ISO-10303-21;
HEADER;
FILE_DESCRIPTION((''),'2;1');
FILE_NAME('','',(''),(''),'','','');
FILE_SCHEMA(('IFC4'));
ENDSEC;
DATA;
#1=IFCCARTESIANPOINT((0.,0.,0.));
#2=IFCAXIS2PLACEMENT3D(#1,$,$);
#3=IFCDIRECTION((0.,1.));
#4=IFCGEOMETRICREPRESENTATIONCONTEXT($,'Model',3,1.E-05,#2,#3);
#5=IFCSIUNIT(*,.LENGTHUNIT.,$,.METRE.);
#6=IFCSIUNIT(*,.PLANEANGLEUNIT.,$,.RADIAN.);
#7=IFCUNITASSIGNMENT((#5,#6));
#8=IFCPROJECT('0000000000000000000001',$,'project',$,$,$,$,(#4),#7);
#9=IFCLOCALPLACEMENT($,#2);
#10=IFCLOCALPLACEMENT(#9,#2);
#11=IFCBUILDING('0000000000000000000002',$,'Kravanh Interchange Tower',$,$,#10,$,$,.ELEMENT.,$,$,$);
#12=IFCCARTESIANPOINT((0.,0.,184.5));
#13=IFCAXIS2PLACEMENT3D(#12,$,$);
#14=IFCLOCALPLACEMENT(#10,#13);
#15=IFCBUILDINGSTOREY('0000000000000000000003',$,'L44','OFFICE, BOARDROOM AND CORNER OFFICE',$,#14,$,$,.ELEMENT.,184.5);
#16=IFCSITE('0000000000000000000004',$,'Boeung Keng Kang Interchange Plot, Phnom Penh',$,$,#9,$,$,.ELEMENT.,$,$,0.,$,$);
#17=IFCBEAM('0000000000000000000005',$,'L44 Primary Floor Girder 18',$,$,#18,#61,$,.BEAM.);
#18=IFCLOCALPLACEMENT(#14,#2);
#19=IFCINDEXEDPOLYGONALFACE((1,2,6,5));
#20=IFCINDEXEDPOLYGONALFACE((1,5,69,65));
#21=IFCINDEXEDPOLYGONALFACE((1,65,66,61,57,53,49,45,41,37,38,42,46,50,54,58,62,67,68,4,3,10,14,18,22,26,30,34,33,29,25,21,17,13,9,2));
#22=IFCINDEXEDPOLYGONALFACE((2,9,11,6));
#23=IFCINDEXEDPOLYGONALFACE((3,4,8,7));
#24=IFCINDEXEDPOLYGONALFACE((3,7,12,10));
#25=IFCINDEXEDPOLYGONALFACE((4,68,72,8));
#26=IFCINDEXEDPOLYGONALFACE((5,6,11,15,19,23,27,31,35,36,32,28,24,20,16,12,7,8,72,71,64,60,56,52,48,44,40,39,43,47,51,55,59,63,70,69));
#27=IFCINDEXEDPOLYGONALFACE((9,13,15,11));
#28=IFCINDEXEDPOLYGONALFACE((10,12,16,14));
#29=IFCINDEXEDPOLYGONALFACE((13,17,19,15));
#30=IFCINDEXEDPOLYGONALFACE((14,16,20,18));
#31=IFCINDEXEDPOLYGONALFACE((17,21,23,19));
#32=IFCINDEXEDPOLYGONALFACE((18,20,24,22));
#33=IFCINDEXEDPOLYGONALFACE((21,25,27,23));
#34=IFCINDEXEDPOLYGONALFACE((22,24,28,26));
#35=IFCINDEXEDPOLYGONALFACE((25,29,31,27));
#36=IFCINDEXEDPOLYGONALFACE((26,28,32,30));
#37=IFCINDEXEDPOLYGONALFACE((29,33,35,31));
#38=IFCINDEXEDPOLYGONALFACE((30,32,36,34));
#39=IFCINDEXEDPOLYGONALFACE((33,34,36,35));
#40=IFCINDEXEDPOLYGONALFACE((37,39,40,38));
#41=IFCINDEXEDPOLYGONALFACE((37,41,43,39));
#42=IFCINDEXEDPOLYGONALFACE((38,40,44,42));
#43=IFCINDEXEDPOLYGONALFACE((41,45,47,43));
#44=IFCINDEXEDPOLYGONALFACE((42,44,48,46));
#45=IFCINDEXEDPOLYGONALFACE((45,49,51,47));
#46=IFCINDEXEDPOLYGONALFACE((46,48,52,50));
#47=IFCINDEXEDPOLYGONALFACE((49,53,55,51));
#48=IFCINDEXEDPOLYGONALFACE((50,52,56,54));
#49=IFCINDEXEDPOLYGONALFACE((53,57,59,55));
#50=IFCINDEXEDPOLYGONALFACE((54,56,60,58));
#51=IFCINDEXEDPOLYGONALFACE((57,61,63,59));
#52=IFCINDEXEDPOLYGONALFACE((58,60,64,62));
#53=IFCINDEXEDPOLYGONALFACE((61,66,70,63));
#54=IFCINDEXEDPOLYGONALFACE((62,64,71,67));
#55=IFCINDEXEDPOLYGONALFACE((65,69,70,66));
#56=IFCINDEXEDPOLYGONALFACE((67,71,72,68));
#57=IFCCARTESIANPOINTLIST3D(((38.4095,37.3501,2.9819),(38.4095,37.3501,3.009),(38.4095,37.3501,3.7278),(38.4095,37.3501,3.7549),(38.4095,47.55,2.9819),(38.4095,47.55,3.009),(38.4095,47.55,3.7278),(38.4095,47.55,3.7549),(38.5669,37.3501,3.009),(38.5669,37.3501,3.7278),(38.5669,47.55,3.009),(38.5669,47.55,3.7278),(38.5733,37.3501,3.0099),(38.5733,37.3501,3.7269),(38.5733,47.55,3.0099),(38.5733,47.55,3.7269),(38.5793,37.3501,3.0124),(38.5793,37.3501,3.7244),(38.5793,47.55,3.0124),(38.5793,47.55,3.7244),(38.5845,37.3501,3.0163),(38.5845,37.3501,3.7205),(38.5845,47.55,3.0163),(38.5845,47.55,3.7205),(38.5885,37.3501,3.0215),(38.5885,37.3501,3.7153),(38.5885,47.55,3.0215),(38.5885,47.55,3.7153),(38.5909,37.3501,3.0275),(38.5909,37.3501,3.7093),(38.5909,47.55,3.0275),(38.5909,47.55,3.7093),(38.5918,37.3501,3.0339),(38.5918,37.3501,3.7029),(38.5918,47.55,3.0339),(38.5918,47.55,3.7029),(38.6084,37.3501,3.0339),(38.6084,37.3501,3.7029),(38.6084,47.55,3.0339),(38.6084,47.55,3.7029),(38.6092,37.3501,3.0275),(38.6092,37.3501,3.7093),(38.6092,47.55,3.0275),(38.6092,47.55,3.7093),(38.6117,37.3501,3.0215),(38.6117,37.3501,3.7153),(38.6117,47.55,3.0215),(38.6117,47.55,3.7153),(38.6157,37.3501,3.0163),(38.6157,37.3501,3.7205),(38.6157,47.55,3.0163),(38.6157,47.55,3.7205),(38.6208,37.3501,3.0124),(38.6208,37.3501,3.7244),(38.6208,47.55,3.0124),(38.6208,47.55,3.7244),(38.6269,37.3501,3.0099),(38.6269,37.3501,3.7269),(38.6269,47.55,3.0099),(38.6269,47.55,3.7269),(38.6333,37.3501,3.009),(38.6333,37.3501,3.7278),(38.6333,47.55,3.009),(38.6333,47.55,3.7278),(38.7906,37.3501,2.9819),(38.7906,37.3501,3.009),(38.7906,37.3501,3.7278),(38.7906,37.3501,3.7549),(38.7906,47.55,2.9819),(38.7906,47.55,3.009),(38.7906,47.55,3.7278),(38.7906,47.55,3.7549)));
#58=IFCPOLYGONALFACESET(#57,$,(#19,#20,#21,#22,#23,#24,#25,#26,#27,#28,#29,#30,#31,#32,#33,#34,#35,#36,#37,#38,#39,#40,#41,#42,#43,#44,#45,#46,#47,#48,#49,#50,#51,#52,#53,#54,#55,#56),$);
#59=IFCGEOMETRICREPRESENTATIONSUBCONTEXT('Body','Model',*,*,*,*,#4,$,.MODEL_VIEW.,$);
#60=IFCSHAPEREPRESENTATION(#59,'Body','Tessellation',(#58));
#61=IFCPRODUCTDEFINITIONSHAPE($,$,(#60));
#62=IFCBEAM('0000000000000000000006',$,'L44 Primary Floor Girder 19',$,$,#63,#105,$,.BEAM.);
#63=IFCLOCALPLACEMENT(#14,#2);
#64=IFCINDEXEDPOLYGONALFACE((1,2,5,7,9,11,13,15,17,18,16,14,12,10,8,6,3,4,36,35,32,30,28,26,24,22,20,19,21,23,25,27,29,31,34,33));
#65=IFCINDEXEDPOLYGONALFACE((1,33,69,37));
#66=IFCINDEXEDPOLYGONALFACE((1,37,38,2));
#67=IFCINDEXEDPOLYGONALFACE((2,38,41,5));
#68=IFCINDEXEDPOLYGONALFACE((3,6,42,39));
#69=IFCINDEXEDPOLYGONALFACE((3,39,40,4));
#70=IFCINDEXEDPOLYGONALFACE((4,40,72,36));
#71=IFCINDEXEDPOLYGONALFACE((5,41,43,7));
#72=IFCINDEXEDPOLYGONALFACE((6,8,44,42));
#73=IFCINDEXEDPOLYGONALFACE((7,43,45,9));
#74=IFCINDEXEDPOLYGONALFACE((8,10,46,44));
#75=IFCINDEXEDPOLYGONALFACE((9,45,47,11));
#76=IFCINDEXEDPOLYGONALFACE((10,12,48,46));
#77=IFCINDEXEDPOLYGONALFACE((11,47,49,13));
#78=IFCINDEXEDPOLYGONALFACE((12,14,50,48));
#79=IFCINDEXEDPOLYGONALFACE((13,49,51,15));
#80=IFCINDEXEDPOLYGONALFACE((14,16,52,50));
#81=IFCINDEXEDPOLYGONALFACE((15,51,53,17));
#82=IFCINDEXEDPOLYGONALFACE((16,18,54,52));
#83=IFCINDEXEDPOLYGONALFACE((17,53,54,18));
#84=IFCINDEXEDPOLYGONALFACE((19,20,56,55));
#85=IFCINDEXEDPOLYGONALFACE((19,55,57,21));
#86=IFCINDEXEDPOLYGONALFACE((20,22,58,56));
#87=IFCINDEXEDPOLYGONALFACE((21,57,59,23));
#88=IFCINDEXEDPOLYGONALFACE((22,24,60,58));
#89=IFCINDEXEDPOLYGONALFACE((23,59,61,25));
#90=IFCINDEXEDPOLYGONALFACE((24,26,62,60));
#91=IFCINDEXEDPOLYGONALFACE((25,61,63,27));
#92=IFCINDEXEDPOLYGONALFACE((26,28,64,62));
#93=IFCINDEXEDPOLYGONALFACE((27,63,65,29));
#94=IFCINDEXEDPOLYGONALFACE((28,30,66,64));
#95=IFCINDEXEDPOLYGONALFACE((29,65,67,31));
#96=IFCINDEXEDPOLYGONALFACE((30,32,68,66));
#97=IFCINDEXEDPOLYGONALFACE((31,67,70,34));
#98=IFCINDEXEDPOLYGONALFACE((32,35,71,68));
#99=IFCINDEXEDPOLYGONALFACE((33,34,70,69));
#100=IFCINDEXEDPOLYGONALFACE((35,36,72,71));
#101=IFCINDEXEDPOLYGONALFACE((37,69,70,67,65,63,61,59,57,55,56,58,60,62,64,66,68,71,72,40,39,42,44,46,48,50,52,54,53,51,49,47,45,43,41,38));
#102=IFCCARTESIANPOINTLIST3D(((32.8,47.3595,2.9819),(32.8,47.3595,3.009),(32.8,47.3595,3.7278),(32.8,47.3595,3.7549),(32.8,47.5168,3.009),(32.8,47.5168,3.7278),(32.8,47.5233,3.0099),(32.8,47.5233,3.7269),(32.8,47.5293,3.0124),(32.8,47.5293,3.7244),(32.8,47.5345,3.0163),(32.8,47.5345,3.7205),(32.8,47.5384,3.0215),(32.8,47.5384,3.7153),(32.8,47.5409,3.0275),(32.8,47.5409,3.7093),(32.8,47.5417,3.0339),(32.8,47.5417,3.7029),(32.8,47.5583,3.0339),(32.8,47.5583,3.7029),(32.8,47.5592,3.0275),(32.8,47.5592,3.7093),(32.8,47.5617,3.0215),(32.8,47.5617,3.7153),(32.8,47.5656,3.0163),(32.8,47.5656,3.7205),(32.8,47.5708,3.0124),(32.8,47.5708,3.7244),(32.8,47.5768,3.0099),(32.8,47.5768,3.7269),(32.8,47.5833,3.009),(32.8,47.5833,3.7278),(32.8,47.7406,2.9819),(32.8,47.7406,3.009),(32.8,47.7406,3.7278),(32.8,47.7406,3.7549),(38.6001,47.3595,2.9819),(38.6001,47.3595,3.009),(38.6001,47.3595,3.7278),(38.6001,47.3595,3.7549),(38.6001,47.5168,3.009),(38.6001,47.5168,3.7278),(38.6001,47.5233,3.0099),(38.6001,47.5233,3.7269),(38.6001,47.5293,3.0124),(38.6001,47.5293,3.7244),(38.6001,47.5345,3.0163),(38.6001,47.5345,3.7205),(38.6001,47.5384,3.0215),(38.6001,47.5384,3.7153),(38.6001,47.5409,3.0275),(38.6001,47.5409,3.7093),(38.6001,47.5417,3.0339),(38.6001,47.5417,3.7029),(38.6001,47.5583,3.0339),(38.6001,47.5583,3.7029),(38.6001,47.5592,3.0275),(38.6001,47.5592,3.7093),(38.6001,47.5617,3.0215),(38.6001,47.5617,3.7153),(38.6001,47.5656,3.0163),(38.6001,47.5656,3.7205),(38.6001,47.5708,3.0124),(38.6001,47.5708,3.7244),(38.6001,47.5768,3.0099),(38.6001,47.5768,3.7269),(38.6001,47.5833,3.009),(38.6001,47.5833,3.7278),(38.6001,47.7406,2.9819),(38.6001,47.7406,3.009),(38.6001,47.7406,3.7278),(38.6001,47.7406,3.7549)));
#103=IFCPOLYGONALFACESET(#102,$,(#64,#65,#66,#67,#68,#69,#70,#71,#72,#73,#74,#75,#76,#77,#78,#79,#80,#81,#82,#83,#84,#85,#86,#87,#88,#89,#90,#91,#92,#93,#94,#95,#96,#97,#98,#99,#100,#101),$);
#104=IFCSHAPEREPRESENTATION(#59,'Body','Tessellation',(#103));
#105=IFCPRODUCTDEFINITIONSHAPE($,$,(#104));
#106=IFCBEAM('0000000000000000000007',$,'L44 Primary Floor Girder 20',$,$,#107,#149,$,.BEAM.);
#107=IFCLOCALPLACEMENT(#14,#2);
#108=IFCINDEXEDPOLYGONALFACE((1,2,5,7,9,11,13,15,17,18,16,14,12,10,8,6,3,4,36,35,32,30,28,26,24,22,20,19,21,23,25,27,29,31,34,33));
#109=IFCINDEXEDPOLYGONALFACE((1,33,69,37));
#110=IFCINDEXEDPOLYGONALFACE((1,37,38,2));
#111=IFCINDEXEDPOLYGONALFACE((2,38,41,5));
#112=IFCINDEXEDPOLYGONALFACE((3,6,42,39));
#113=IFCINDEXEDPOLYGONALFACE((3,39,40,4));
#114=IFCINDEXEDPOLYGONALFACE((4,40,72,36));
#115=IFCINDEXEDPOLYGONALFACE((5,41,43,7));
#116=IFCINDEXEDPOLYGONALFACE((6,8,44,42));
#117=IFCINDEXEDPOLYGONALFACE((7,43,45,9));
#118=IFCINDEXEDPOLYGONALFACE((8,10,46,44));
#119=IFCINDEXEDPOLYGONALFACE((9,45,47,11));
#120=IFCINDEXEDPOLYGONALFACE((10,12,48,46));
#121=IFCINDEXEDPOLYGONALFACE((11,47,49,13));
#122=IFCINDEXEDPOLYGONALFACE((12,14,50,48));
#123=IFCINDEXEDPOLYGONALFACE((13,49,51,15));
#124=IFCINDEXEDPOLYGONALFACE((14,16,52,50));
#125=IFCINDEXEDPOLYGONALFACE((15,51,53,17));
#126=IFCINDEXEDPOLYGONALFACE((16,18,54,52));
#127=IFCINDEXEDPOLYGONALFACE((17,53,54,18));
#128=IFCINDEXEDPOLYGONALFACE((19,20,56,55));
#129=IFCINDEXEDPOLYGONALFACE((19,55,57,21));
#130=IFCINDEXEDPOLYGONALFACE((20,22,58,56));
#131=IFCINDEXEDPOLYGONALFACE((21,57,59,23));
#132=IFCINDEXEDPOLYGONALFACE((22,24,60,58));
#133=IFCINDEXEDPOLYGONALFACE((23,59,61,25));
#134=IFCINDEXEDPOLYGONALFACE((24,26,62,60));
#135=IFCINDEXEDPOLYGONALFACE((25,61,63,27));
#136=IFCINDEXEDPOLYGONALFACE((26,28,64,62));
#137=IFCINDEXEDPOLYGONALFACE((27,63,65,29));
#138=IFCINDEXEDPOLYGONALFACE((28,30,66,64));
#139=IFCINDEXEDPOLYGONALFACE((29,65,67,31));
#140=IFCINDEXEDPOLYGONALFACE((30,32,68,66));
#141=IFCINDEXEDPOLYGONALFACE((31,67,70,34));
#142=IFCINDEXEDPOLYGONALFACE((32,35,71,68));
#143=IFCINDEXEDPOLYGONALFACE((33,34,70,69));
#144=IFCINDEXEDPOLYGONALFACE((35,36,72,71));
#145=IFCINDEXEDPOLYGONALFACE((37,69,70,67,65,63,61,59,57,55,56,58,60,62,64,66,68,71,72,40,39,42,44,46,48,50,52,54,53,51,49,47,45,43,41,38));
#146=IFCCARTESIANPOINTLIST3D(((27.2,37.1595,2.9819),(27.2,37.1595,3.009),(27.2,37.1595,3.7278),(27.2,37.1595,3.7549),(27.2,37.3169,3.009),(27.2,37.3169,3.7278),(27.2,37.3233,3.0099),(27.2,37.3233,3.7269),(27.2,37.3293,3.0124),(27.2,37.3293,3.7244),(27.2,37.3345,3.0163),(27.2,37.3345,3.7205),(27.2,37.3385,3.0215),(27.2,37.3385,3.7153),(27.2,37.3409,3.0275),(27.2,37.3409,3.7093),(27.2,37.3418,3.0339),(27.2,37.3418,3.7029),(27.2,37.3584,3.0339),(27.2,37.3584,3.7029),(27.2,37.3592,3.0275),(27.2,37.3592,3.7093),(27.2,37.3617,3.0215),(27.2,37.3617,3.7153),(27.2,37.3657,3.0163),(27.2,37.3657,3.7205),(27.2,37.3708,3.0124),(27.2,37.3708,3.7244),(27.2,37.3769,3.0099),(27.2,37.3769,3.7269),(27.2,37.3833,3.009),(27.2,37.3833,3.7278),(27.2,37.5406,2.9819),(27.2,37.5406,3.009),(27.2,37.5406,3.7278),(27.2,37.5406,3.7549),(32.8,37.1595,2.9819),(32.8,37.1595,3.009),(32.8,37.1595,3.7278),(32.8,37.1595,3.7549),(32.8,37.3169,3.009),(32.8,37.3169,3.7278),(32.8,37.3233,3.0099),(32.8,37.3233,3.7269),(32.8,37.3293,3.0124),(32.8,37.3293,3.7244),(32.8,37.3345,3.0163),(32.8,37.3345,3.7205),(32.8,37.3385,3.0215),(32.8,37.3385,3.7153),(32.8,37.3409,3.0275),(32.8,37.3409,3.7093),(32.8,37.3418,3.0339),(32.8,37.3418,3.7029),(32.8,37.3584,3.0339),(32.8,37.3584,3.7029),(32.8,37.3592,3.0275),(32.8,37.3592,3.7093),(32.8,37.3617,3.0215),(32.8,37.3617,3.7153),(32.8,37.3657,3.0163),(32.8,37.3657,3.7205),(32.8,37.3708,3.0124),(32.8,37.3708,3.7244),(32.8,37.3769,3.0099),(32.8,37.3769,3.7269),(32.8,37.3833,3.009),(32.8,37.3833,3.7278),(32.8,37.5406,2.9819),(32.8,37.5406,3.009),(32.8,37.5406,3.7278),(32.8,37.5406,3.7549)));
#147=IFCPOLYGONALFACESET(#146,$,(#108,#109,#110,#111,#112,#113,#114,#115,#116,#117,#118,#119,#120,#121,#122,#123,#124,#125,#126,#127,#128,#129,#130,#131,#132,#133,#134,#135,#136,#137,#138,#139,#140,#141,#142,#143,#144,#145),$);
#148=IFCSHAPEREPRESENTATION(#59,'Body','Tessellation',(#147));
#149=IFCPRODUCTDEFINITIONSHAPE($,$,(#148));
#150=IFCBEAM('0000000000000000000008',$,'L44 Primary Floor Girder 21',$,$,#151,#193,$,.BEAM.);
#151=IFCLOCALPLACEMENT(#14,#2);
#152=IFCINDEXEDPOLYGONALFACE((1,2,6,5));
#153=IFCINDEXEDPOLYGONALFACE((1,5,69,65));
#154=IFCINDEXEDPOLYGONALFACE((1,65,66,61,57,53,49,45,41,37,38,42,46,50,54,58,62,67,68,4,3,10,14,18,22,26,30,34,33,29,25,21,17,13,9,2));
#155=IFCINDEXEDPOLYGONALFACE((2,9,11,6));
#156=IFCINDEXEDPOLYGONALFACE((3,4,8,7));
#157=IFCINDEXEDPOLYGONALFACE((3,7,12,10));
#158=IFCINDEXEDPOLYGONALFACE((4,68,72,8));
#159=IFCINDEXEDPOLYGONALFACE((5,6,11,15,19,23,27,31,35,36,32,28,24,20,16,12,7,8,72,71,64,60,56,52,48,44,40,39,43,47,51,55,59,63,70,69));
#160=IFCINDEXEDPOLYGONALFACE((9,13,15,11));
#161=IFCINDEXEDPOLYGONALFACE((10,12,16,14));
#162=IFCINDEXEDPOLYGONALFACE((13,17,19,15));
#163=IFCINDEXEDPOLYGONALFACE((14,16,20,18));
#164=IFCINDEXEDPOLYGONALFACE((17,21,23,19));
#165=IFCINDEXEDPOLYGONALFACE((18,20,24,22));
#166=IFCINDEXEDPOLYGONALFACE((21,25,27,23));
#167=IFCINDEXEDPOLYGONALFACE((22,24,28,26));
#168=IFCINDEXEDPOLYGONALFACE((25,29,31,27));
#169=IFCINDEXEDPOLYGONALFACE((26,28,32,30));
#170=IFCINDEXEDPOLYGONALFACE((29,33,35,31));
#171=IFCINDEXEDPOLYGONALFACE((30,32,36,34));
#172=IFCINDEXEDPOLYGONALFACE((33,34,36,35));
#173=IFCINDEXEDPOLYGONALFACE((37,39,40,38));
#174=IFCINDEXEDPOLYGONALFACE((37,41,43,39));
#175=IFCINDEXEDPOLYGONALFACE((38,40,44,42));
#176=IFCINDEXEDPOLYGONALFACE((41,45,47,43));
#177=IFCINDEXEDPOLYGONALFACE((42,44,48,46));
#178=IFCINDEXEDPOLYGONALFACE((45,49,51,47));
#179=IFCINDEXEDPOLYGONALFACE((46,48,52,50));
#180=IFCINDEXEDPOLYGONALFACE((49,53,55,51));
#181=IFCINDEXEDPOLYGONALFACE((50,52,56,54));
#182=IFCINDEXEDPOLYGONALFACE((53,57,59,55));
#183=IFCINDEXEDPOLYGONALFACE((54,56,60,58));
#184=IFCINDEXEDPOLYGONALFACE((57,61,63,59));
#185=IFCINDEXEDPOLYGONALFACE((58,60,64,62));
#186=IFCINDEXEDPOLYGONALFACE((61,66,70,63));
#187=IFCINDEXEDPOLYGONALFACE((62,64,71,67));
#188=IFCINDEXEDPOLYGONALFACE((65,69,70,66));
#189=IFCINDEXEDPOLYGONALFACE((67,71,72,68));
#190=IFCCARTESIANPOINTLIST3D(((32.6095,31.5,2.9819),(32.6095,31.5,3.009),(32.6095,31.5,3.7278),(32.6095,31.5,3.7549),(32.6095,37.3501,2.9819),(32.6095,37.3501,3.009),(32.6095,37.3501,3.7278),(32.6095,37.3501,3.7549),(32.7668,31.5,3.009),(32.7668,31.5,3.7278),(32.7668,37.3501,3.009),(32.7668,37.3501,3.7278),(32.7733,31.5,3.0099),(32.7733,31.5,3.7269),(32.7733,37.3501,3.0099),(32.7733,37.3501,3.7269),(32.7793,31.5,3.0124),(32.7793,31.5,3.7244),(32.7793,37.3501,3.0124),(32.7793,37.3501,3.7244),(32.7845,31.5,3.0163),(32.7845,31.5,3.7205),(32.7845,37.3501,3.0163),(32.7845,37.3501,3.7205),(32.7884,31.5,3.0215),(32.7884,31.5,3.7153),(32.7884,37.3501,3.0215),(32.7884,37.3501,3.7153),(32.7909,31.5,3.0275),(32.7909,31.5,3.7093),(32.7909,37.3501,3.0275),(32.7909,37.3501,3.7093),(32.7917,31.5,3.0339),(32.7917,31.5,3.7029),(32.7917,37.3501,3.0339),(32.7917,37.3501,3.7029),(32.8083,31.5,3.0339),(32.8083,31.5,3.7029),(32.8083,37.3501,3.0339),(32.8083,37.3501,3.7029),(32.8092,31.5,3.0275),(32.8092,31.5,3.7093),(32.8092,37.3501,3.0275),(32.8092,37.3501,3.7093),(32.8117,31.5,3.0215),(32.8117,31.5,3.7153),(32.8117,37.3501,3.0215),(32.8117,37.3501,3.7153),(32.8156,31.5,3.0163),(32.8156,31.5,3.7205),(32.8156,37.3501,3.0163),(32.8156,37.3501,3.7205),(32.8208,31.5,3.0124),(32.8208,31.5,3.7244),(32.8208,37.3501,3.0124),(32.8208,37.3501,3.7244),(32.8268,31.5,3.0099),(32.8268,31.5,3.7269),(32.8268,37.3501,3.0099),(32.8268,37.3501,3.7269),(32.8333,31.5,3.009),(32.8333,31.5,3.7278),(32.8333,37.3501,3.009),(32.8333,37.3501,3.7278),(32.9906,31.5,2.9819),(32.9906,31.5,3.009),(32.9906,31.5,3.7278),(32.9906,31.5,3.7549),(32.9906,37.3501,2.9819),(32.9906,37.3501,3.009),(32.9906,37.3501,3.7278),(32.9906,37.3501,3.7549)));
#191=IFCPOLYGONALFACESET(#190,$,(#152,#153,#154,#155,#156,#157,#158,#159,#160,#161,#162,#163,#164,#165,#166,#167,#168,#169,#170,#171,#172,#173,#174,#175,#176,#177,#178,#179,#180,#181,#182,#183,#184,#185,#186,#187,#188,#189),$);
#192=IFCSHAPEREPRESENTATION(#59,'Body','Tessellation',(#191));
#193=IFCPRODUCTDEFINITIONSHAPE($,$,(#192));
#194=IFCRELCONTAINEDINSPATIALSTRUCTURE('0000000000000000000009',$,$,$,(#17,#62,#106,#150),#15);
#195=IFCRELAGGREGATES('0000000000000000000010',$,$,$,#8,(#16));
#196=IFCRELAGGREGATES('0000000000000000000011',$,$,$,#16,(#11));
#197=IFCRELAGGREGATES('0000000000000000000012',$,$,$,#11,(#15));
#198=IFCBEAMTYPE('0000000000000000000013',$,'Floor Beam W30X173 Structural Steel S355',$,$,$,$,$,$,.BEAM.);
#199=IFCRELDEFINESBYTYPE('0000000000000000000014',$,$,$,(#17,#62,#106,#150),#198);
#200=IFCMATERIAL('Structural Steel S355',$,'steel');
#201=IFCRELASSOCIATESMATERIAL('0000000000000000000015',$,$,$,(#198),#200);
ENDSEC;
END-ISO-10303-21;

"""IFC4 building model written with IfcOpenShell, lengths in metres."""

from ifc_helpers import new_model, si_unit, direction, frame, origin, origin_2d, place, context, subcontext, project, spatial, i_section, extrude, material, material_profile, profile_set, type_object, element, save


model = new_model("IFC4")

# Units and contexts
model_context = context("Model", 3, precision=1e-05, world=origin(), true_north=direction((0.0, 1.0)))
body_context = subcontext(model_context, "Body", "Model", "MODEL_VIEW")
ifc_project = project(units=[si_unit("LENGTHUNIT", "METRE"), si_unit("PLANEANGLEUNIT", "RADIAN")], contexts=[model_context])

# Site, building, storey
site_placement = place(None, origin())
site = spatial("IfcSite", under=ifc_project, at=site_placement, Name="Boeung Keng Kang Interchange Plot, Phnom Penh", CompositionType="ELEMENT", RefElevation=0.0)
building_placement = place(site_placement, origin())
building = spatial("IfcBuilding", under=site, at=building_placement, Name="Kravanh Interchange Tower", CompositionType="ELEMENT")
storey_placement = place(building_placement, frame((0.0, 0.0, 184.5)))
storey = spatial("IfcBuildingStorey", under=building, at=storey_placement, Name="L44", Description="OFFICE, BOARDROOM AND CORNER OFFICE", CompositionType="ELEMENT", Elevation=184.5)

# Beams
ifc_material_1 = material(Name="Structural Steel S355", Category="steel")
ifc_material_profile_1 = material_profile(ifc_material_1, i_section(OverallWidth=0.3811, OverallDepth=0.7729, WebThickness=0.0166, FlangeThickness=0.0271, FilletRadius=0.0249, at=origin_2d()), Name="W30X173")
ifc_profile_set_1 = profile_set([ifc_material_profile_1], Name="Structural Steel S355")
beam_type = type_object("IfcBeamType", Name="Floor Beam W30X173 Structural Steel S355", PredefinedType="BEAM", material=ifc_profile_set_1)
beam_1_placement = place(storey_placement, frame((38.6001, 37.3501, 3.3684), z_axis=(0.0, 1.0, 0.0), x_axis=(-1.0, 0.0, 0.0)))
element("IfcBeam", 1, at=beam_1_placement, inside=storey, type_object=beam_type, Name="L44 Primary Floor Girder 18", PredefinedType="BEAM", context=body_context, shape_type="SweptSolid", body=[
    extrude(i_section(OverallWidth=0.3811, OverallDepth=0.7729, WebThickness=0.0166, FlangeThickness=0.0271, FilletRadius=0.0249, at=origin_2d()), origin(), (0.0, 0.0, 1.0), 10.2),
])
beam_2_placement = place(storey_placement, frame((38.6001, 47.55, 3.3684), z_axis=(-1.0, 0.0, 0.0), x_axis=(0.0, -1.0, 0.0)))
element("IfcBeam", 2, at=beam_2_placement, inside=storey, type_object=beam_type, Name="L44 Primary Floor Girder 19", PredefinedType="BEAM", context=body_context, shape_type="SweptSolid", body=[
    extrude(i_section(OverallWidth=0.3811, OverallDepth=0.7729, WebThickness=0.0166, FlangeThickness=0.0271, FilletRadius=0.0249, at=origin_2d()), origin(), (0.0, 0.0, 1.0), 5.8),
])
beam_3_placement = place(storey_placement, frame((32.8, 37.3501, 3.3684), z_axis=(-1.0, 0.0, 0.0), x_axis=(0.0, -1.0, 0.0)))
element("IfcBeam", 3, at=beam_3_placement, inside=storey, type_object=beam_type, Name="L44 Primary Floor Girder 20", PredefinedType="BEAM", context=body_context, shape_type="SweptSolid", body=[
    extrude(i_section(OverallWidth=0.3811, OverallDepth=0.7729, WebThickness=0.0166, FlangeThickness=0.0271, FilletRadius=0.0249, at=origin_2d()), origin(), (0.0, 0.0, 1.0), 5.6001),
])
beam_4_placement = place(storey_placement, frame((32.8, 37.3501, 3.3684), z_axis=(0.0, -1.0, 0.0), x_axis=(1.0, 0.0, 0.0)))
element("IfcBeam", 4, at=beam_4_placement, inside=storey, type_object=beam_type, Name="L44 Primary Floor Girder 21", PredefinedType="BEAM", context=body_context, shape_type="SweptSolid", body=[
    extrude(i_section(OverallWidth=0.3811, OverallDepth=0.7729, WebThickness=0.0166, FlangeThickness=0.0271, FilletRadius=0.0249, at=origin_2d()), origin(), (0.0, 0.0, 1.0), 5.8501),
])

save(model, "model.ifc")
